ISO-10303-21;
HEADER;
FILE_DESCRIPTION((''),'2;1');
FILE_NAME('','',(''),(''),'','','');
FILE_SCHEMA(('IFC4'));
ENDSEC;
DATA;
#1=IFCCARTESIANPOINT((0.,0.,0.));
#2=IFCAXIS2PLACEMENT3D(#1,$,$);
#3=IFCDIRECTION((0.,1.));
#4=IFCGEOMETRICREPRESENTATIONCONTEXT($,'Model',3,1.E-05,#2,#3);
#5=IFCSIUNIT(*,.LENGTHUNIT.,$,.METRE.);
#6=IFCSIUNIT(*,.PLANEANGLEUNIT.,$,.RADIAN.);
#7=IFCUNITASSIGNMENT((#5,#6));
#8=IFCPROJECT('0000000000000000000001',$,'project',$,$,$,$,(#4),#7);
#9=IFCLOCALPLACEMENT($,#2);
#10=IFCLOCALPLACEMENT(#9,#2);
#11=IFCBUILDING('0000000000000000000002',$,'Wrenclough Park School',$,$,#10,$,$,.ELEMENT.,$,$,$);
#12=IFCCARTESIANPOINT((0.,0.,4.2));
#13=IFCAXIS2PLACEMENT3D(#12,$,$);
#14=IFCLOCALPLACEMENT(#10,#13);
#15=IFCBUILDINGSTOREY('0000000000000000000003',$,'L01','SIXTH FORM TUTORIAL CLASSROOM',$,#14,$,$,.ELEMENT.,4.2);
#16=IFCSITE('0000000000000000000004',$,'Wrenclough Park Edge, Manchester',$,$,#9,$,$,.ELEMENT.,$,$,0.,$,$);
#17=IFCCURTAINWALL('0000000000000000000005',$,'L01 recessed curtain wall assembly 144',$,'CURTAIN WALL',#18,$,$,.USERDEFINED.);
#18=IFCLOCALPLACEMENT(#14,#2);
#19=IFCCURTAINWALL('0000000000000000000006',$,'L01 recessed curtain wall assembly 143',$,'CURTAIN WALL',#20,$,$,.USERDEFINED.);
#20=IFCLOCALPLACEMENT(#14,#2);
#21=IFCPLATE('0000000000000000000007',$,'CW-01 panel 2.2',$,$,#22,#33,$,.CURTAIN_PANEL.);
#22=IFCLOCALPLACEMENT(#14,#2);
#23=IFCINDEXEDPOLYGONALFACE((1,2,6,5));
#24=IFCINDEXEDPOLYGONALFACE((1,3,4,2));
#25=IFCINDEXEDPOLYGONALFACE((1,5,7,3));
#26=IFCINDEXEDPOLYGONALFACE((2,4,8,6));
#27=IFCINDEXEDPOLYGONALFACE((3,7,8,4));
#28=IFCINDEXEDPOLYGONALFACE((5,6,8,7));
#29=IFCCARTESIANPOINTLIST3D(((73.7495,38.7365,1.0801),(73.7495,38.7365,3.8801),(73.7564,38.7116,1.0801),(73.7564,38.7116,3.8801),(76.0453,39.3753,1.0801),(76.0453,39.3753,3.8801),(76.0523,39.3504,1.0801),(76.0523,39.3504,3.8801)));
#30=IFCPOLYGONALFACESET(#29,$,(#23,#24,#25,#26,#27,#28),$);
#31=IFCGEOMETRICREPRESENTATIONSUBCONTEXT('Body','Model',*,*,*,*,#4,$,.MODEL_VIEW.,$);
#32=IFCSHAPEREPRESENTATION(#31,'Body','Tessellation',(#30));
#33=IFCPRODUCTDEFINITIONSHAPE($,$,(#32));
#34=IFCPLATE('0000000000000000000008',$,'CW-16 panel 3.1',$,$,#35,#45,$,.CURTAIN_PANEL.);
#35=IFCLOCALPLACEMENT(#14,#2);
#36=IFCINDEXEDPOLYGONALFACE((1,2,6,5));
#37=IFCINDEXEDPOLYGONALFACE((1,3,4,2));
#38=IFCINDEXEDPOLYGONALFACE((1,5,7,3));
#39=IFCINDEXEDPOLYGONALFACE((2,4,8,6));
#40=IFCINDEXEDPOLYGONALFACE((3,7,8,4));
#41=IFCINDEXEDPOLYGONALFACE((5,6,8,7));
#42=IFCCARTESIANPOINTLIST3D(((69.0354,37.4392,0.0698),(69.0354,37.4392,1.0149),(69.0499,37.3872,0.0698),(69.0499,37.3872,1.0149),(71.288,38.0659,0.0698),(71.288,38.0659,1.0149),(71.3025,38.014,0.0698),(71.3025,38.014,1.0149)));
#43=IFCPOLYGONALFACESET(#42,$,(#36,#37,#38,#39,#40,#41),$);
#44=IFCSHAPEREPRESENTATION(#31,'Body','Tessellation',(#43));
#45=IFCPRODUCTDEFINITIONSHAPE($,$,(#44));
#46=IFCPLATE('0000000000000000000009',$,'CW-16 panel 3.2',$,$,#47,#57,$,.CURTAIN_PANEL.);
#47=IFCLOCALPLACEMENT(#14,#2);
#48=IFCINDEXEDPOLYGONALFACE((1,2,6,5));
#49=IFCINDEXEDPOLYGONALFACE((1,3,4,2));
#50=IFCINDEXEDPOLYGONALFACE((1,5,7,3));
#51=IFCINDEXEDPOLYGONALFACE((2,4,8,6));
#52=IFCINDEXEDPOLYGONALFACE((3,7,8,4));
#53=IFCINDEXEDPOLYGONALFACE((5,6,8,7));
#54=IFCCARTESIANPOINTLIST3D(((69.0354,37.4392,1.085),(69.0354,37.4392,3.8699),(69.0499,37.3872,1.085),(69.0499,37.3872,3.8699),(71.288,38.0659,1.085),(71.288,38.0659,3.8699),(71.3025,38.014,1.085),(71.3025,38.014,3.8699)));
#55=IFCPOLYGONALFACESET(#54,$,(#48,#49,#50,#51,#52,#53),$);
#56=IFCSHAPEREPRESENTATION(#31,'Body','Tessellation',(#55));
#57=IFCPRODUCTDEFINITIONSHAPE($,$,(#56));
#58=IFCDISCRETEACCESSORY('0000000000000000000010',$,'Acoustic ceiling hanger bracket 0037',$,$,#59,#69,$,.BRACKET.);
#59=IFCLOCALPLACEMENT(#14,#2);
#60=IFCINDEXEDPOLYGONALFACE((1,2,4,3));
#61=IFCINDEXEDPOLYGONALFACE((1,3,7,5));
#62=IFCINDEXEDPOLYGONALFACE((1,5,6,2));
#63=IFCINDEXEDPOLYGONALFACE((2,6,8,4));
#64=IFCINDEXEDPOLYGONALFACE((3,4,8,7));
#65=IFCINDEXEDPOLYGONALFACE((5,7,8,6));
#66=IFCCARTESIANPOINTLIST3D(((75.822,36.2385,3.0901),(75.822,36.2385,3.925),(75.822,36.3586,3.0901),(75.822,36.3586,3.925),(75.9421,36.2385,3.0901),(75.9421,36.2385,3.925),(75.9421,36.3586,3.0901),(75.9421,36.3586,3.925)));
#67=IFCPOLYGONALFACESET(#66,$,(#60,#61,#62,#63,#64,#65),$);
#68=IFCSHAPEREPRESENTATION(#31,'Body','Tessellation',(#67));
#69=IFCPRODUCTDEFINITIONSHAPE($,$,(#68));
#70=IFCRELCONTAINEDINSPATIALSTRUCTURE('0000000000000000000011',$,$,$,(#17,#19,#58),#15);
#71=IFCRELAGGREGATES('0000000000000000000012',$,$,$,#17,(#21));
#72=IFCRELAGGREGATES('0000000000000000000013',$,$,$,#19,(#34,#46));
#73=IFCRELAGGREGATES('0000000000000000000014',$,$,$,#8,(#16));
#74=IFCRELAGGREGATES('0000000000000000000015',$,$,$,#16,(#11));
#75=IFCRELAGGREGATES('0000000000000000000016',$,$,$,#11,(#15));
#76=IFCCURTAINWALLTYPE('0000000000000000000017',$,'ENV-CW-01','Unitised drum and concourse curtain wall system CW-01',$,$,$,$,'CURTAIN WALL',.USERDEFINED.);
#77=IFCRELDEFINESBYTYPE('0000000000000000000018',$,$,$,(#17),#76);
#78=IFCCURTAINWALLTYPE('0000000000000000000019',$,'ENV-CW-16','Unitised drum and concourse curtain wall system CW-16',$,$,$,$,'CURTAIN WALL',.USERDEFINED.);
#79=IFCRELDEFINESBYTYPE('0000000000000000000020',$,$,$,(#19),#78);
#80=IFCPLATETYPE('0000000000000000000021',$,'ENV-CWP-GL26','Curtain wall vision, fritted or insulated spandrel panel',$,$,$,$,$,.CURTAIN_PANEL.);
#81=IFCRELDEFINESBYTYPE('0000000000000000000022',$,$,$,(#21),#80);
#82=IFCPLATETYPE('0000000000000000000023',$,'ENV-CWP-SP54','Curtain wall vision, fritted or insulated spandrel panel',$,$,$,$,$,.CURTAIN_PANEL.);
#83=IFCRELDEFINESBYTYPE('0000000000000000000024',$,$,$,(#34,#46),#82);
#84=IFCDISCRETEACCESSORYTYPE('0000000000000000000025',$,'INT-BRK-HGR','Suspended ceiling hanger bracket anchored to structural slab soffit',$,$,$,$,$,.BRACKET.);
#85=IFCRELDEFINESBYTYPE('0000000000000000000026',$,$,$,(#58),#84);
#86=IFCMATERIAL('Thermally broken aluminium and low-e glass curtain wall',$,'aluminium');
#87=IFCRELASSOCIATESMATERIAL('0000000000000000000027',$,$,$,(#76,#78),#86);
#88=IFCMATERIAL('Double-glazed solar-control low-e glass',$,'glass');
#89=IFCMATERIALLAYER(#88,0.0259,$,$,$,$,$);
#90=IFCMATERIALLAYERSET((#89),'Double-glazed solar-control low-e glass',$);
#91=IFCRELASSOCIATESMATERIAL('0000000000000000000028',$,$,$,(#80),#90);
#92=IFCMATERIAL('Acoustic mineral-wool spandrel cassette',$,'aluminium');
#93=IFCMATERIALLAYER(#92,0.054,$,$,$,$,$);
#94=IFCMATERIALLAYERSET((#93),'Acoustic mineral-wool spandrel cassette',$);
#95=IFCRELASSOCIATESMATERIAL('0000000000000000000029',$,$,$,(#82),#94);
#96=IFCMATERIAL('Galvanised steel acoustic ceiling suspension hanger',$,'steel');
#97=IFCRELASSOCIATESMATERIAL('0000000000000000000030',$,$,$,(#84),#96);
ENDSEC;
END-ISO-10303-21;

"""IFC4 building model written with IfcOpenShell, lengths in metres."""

from ifc_helpers import new_model, si_unit, direction, frame, origin, origin_2d, place, context, subcontext, project, spatial, rectangle, extrude, material, layer, layer_set, type_object, element, aggregate, save


model = new_model("IFC4")

# Units and contexts
model_context = context("Model", 3, precision=1e-05, world=origin(), true_north=direction((0.0, 1.0)))
body_context = subcontext(model_context, "Body", "Model", "MODEL_VIEW")
ifc_project = project(units=[si_unit("LENGTHUNIT", "METRE"), si_unit("PLANEANGLEUNIT", "RADIAN")], contexts=[model_context])

# Site, building, storey
site_placement = place(None, origin())
site = spatial("IfcSite", under=ifc_project, at=site_placement, Name="Wrenclough Park Edge, Manchester", CompositionType="ELEMENT", RefElevation=0.0)
building_placement = place(site_placement, origin())
building = spatial("IfcBuilding", under=site, at=building_placement, Name="Wrenclough Park School", CompositionType="ELEMENT")
storey_placement = place(building_placement, frame((0.0, 0.0, 4.2)))
storey = spatial("IfcBuildingStorey", under=building, at=storey_placement, Name="L01", Description="SIXTH FORM TUTORIAL CLASSROOM", CompositionType="ELEMENT", Elevation=4.2)

# Curtain walls
ifc_material_1 = material(Name="Thermally broken aluminium and low-e glass curtain wall", Category="aluminium")
curtain_wall_type_1 = type_object("IfcCurtainWallType", Name="ENV-CW-01", Description="Unitised drum and concourse curtain wall system CW-01", ElementType="CURTAIN WALL", PredefinedType="USERDEFINED", material=ifc_material_1)
curtain_wall_1_placement = place(storey_placement, origin())
curtain_wall_1 = element("IfcCurtainWall", 1, at=curtain_wall_1_placement, inside=storey, type_object=curtain_wall_type_1, Name="L01 recessed curtain wall assembly 144", ObjectType="CURTAIN WALL", PredefinedType="USERDEFINED")
curtain_wall_type_2 = type_object("IfcCurtainWallType", Name="ENV-CW-16", Description="Unitised drum and concourse curtain wall system CW-16", ElementType="CURTAIN WALL", PredefinedType="USERDEFINED", material=ifc_material_1)
curtain_wall_2_placement = place(storey_placement, origin())
curtain_wall_2 = element("IfcCurtainWall", 2, at=curtain_wall_2_placement, inside=storey, type_object=curtain_wall_type_2, Name="L01 recessed curtain wall assembly 143", ObjectType="CURTAIN WALL", PredefinedType="USERDEFINED")

# Plates
ifc_material_2 = material(Name="Double-glazed solar-control low-e glass", Category="glass")
ifc_layer_1 = layer(ifc_material_2, 0.0259)
ifc_layer_set_1 = layer_set([ifc_layer_1], Name="Double-glazed solar-control low-e glass")
plate_type_1 = type_object("IfcPlateType", Name="ENV-CWP-GL26", Description="Curtain wall vision, fritted or insulated spandrel panel", PredefinedType="CURTAIN_PANEL", material=ifc_layer_set_1)
plate_1_placement = place(storey_placement, frame((74.9009, 39.0435, 1.0801), z_axis=(0.0, 0.0, 1.0), x_axis=(0.963396, 0.268082, 0.0)))
plate_1 = element("IfcPlate", 3, at=plate_1_placement, type_object=plate_type_1, Name="CW-01 panel 2.2", PredefinedType="CURTAIN_PANEL", context=body_context, shape_type="SweptSolid", body=[
    extrude(rectangle(XDim=2.3831, YDim=0.0259, at=origin_2d()), origin(), (0.0, 0.0, 1.0), 2.8),
])
aggregate(curtain_wall_1, [plate_1])
ifc_material_3 = material(Name="Acoustic mineral-wool spandrel cassette", Category="aluminium")
ifc_layer_2 = layer(ifc_material_3, 0.054)
ifc_layer_set_2 = layer_set([ifc_layer_2], Name="Acoustic mineral-wool spandrel cassette")
plate_type_2 = type_object("IfcPlateType", Name="ENV-CWP-SP54", Description="Curtain wall vision, fritted or insulated spandrel panel", PredefinedType="CURTAIN_PANEL", material=ifc_layer_set_2)
plate_2_placement = place(storey_placement, frame((70.1689, 37.7266, 0.0698), z_axis=(0.0, 0.0, 1.0), x_axis=(0.963399, 0.268072, 0.0)))
plate_2 = element("IfcPlate", 4, at=plate_2_placement, type_object=plate_type_2, Name="CW-16 panel 3.1", PredefinedType="CURTAIN_PANEL", context=body_context, shape_type="SweptSolid", body=[
    extrude(rectangle(XDim=2.3381, YDim=0.054, at=origin_2d()), origin(), (0.0, 0.0, 1.0), 0.9451),
])
plate_3_placement = place(storey_placement, frame((70.1689, 37.7266, 1.085), z_axis=(0.0, 0.0, 1.0), x_axis=(0.963399, 0.268072, 0.0)))
plate_3 = element("IfcPlate", 5, at=plate_3_placement, type_object=plate_type_2, Name="CW-16 panel 3.2", PredefinedType="CURTAIN_PANEL", context=body_context, shape_type="SweptSolid", body=[
    extrude(rectangle(XDim=2.3381, YDim=0.054, at=origin_2d()), origin(), (0.0, 0.0, 1.0), 2.7849),
])
aggregate(curtain_wall_2, [plate_2, plate_3])

# Discrete accessory
ifc_material_4 = material(Name="Galvanised steel acoustic ceiling suspension hanger", Category="steel")
discrete_accessory_type = type_object("IfcDiscreteAccessoryType", Name="INT-BRK-HGR", Description="Suspended ceiling hanger bracket anchored to structural slab soffit", PredefinedType="BRACKET", material=ifc_material_4)
discrete_accessory_placement = place(storey_placement, frame((75.8821, 36.2986, 3.0901), z_axis=(0.0, 0.0, 1.0), x_axis=(1.0, 0.0, 0.0)))
element("IfcDiscreteAccessory", 6, at=discrete_accessory_placement, inside=storey, type_object=discrete_accessory_type, Name="Acoustic ceiling hanger bracket 0037", PredefinedType="BRACKET", context=body_context, shape_type="SweptSolid", body=[
    extrude(rectangle(XDim=0.1201, YDim=0.1201, at=origin_2d()), origin(), (0.0, 0.0, 1.0), 0.835),
])

save(model, "model.ifc")
